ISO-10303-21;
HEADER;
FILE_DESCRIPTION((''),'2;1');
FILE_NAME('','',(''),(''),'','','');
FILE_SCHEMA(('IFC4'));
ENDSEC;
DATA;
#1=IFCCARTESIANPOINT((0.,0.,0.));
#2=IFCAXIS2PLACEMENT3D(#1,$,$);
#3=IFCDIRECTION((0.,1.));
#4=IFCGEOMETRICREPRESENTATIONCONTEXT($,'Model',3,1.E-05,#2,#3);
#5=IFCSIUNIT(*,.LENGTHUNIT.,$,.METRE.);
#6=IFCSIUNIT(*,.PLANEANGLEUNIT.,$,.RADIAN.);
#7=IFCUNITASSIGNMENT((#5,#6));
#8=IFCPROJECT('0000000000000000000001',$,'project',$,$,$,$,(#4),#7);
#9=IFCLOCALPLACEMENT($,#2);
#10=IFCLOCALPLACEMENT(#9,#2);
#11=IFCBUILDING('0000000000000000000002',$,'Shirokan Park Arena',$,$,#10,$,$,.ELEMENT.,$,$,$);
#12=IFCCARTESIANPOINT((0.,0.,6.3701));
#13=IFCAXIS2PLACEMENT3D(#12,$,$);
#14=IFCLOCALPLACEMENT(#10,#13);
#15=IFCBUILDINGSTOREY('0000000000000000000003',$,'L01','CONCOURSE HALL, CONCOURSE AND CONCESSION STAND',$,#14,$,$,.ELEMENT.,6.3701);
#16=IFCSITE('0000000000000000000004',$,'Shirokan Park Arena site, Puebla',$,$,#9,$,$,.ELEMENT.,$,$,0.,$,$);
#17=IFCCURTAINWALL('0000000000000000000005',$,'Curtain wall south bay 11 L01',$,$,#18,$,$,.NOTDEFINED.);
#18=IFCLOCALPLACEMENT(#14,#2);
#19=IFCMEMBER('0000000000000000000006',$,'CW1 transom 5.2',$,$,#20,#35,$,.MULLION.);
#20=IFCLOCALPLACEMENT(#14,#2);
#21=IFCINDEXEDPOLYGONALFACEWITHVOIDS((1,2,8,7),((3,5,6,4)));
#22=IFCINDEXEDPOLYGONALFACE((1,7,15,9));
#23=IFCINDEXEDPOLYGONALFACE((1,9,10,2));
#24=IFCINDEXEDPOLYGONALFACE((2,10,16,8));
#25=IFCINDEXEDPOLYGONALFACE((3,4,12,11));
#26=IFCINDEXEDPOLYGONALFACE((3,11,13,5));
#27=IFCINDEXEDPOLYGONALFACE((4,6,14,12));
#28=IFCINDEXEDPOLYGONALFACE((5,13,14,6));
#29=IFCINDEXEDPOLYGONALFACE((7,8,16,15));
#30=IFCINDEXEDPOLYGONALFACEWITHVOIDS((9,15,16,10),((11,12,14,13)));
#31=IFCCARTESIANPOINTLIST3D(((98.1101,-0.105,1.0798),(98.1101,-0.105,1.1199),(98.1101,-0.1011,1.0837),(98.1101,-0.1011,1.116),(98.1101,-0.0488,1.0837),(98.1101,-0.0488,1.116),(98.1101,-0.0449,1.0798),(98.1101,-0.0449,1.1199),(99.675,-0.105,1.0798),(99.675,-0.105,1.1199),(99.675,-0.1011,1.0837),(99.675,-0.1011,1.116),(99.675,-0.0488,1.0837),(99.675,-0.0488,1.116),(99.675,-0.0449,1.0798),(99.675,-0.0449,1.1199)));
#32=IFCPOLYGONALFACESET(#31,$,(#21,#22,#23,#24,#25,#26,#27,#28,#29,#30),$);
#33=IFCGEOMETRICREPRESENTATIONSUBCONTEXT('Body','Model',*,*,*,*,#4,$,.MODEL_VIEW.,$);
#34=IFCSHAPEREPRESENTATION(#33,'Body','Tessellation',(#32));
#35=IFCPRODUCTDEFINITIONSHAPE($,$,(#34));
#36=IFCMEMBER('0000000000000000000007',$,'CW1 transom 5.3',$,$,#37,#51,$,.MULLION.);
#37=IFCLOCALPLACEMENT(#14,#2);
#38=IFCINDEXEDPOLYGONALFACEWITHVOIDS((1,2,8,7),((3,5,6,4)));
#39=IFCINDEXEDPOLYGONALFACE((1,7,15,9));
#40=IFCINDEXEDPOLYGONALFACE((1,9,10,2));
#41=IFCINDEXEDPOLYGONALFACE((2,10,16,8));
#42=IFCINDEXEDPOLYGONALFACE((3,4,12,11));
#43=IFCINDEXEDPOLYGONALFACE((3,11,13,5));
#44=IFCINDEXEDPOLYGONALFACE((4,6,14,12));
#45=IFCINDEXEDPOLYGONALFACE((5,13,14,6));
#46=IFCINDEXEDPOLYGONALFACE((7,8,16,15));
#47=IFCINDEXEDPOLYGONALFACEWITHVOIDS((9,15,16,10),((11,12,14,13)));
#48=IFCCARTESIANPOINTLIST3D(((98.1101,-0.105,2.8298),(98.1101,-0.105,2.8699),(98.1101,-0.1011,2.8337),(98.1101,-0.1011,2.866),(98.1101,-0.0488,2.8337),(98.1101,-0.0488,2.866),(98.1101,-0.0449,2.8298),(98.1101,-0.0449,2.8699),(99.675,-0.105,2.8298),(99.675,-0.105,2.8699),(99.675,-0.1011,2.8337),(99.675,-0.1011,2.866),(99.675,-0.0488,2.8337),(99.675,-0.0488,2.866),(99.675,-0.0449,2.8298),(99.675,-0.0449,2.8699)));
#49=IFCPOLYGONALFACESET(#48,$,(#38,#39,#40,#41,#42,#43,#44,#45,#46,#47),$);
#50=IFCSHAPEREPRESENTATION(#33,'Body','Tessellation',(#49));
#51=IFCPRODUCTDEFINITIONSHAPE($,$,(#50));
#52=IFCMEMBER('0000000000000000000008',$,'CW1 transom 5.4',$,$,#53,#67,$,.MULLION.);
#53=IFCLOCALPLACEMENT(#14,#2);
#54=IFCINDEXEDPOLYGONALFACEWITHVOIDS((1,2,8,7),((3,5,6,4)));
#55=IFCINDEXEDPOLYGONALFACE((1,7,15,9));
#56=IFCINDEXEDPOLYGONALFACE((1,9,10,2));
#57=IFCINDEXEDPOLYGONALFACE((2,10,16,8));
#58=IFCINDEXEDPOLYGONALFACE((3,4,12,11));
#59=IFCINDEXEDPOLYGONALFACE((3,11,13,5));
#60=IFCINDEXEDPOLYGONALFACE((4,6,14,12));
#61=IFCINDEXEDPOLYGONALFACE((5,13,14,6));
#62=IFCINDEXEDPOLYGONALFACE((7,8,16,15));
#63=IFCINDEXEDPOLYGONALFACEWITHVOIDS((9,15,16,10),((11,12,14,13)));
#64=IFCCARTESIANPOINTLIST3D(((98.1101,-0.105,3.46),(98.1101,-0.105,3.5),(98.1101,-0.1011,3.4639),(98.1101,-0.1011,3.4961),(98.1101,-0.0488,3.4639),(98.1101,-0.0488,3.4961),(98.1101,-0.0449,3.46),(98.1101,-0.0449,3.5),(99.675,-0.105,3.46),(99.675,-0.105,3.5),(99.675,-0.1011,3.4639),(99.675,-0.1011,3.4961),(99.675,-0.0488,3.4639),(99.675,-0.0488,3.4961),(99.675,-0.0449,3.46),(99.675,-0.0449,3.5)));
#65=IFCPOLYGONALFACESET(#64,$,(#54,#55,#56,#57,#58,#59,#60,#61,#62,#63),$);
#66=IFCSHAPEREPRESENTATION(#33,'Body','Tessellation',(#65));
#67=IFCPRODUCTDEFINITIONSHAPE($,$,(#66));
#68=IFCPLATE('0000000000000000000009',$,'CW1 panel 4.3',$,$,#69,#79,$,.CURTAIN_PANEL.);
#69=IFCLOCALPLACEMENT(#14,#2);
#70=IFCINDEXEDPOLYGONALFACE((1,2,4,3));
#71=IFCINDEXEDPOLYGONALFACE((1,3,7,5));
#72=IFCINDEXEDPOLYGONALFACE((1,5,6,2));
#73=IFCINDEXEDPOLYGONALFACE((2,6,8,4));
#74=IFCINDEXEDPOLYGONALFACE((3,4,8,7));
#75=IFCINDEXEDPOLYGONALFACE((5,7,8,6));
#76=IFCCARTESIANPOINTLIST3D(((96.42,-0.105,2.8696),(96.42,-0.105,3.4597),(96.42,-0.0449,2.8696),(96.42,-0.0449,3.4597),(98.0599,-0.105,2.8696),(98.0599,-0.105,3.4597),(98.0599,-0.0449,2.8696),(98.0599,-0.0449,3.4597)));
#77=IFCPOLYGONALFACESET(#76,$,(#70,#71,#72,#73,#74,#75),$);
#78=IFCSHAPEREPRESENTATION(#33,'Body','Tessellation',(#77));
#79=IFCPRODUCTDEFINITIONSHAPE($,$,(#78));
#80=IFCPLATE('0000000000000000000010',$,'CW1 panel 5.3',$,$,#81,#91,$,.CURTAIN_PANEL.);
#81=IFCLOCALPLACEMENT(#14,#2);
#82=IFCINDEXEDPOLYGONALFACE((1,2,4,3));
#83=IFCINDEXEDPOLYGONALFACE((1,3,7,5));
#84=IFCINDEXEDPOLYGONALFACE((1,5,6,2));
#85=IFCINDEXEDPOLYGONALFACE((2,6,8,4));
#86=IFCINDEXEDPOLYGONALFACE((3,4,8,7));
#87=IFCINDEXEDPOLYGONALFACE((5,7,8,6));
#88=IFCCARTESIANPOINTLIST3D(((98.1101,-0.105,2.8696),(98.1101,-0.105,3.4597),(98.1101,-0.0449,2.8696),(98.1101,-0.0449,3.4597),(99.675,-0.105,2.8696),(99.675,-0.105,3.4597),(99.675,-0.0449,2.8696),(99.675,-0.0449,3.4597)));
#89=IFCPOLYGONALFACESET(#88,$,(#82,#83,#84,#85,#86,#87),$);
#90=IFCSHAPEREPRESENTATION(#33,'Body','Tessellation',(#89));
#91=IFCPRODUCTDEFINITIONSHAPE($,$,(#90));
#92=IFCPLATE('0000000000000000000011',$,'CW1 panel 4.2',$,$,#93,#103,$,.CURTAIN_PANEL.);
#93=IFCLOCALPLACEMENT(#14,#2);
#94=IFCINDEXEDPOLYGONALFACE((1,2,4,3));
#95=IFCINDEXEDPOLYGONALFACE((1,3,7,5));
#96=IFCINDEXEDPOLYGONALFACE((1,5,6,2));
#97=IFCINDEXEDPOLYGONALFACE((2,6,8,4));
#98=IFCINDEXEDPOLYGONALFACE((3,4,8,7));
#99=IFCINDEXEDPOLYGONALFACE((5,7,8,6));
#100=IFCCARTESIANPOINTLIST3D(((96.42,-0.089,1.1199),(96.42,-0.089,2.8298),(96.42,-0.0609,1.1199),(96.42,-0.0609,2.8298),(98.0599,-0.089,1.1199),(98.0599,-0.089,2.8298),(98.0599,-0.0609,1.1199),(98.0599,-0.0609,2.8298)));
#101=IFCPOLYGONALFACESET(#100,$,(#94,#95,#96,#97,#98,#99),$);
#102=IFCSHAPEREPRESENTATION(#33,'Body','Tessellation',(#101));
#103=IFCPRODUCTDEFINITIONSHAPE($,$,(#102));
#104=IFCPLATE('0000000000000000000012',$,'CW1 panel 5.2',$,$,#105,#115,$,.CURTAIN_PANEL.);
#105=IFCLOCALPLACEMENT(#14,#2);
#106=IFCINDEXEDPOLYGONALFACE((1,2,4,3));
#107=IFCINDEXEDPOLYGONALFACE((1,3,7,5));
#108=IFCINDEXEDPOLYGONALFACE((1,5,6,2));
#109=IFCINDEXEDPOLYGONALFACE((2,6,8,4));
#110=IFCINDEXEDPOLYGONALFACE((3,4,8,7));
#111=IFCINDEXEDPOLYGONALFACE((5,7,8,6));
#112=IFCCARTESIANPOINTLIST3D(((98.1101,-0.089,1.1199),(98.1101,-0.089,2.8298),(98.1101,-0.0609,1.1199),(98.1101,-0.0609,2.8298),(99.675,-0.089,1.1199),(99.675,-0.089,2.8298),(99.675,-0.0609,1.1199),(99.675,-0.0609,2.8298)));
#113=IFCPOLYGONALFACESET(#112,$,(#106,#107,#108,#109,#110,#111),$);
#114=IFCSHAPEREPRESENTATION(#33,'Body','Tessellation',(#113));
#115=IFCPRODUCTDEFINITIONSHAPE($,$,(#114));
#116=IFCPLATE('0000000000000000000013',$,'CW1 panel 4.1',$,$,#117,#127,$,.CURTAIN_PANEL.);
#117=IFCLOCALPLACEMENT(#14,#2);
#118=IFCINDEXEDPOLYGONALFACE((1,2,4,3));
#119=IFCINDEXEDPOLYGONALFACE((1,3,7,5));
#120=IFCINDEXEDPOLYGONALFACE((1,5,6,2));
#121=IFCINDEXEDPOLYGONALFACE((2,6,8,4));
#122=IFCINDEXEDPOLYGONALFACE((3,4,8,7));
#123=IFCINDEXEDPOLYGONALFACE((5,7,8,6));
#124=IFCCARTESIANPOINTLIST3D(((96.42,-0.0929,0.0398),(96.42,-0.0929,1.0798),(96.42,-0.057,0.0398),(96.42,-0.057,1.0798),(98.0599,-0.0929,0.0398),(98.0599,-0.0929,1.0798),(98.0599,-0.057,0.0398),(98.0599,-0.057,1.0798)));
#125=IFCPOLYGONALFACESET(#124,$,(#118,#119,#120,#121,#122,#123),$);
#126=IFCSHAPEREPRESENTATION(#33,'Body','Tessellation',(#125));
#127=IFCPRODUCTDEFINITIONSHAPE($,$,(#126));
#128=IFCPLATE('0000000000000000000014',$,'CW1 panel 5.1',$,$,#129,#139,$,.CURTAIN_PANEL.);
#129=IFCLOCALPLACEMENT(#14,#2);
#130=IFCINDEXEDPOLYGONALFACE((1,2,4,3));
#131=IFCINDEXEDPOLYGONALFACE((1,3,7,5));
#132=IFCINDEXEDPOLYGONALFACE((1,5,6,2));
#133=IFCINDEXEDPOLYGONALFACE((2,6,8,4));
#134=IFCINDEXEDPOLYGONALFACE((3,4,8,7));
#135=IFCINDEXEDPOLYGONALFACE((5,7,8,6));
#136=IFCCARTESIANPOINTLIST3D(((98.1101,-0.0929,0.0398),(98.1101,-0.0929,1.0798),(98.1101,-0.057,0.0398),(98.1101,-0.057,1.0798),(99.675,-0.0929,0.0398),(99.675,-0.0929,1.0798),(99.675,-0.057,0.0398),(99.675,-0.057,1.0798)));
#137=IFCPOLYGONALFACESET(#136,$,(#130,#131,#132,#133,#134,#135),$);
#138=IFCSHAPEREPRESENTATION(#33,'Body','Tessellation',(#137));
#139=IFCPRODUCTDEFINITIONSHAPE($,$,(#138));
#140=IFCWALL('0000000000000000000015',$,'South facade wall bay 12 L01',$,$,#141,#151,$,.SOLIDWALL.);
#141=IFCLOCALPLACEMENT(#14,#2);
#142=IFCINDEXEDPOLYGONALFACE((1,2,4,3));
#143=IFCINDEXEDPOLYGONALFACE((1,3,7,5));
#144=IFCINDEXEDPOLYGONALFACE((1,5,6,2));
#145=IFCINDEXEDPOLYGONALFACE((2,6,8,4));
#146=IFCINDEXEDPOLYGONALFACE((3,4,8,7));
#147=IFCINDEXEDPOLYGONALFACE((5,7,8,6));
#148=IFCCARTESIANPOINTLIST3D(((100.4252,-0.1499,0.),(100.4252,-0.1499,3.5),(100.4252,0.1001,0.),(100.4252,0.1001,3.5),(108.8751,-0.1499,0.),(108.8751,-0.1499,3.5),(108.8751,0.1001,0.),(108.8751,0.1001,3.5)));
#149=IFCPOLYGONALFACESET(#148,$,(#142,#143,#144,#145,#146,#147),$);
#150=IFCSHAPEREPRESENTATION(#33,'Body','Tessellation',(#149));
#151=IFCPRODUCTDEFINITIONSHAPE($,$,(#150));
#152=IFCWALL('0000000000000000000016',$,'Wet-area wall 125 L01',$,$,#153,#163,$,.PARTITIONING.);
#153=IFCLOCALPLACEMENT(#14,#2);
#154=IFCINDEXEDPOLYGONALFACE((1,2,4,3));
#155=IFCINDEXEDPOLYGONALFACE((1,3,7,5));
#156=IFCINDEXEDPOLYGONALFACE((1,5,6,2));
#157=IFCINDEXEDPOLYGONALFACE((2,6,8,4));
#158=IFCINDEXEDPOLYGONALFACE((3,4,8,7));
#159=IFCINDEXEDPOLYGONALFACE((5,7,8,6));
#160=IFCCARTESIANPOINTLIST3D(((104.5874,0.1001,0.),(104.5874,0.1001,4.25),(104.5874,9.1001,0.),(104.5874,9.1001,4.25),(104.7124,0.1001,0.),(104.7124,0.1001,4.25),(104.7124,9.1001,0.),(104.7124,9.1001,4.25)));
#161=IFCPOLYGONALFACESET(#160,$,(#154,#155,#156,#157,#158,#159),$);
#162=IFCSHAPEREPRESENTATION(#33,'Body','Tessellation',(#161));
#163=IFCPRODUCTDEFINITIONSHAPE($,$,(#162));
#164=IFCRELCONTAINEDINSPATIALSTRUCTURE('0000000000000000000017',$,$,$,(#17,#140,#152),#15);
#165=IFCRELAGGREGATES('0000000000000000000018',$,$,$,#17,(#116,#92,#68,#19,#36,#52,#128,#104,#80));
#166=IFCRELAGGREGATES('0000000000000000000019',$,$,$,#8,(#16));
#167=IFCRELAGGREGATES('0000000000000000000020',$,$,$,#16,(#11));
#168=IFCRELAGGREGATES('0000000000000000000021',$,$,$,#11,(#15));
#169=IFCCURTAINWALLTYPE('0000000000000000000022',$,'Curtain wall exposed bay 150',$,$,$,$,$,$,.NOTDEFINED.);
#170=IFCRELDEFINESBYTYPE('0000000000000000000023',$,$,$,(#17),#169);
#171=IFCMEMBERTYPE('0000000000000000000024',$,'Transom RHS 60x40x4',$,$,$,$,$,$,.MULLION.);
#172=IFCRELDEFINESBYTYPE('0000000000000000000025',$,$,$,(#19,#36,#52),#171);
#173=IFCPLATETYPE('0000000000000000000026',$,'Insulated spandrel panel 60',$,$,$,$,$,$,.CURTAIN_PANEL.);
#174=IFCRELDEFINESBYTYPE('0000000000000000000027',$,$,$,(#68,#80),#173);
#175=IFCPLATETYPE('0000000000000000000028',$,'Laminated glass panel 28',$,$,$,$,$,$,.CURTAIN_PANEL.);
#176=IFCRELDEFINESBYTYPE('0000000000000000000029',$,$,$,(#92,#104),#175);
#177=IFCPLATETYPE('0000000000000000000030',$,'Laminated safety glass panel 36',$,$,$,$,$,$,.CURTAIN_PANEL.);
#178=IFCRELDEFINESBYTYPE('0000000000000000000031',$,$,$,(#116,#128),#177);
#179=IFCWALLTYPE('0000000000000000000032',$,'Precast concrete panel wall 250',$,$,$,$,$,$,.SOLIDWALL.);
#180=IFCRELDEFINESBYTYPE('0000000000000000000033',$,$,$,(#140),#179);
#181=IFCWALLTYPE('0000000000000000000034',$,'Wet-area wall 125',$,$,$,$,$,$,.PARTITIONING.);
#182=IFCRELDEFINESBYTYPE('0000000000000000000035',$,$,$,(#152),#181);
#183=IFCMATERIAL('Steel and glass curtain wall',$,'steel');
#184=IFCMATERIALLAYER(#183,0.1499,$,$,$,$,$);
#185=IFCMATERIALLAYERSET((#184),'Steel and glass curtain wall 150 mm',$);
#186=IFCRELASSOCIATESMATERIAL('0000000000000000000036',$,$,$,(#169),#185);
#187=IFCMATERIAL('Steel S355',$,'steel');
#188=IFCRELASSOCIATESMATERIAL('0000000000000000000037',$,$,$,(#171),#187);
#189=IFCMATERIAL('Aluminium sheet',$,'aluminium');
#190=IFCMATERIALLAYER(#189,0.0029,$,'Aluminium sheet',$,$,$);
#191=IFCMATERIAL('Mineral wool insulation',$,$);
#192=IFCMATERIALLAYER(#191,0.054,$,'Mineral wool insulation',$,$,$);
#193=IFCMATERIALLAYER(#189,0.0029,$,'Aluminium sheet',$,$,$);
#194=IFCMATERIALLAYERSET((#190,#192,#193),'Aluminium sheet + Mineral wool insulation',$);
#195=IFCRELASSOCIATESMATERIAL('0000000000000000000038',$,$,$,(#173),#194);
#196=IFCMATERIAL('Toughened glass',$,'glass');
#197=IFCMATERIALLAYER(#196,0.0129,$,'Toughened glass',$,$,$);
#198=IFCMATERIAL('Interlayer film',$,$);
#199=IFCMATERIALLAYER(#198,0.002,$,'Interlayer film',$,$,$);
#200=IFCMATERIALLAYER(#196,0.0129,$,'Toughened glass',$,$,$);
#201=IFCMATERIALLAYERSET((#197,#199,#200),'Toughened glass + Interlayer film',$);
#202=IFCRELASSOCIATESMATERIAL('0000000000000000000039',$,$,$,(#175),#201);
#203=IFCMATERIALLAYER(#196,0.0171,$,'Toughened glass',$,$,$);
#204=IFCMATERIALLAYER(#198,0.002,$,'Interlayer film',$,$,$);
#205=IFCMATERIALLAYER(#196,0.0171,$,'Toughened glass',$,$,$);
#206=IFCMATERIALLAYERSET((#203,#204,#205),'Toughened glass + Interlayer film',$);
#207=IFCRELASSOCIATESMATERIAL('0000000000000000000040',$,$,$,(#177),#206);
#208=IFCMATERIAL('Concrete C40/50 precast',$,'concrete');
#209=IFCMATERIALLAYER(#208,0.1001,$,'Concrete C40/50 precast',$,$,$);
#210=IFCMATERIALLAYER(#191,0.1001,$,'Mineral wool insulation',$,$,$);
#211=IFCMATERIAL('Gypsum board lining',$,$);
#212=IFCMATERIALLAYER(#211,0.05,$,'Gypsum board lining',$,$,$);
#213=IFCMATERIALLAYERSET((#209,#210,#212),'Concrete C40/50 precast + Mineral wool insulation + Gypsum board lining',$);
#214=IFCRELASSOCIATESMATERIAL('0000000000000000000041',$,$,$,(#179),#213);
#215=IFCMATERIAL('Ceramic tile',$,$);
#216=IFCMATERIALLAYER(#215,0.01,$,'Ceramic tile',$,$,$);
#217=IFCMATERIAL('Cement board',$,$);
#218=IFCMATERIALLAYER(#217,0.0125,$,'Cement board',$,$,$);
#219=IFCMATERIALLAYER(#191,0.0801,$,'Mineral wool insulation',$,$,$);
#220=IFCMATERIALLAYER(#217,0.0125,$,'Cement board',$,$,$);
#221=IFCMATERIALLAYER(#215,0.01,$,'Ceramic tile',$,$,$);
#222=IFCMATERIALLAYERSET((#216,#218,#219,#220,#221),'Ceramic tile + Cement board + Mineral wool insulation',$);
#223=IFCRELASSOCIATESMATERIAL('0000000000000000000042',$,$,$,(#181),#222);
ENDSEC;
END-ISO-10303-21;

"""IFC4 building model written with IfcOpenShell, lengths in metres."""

from ifc_helpers import new_model, si_unit, direction, frame, frame_2d, origin, origin_2d, place, context, subcontext, project, spatial, rectangle, hollow_rectangle, extrude, material, layer, layer_set, material_profile, profile_set, type_object, element, aggregate, save


model = new_model("IFC4")

# Units and contexts
model_context = context("Model", 3, precision=1e-05, world=origin(), true_north=direction((0.0, 1.0)))
body_context = subcontext(model_context, "Body", "Model", "MODEL_VIEW")
ifc_project = project(units=[si_unit("LENGTHUNIT", "METRE"), si_unit("PLANEANGLEUNIT", "RADIAN")], contexts=[model_context])

# Site, building, storey
site_placement = place(None, origin())
site = spatial("IfcSite", under=ifc_project, at=site_placement, Name="Shirokan Park Arena site, Puebla", CompositionType="ELEMENT", RefElevation=0.0)
building_placement = place(site_placement, origin())
building = spatial("IfcBuilding", under=site, at=building_placement, Name="Shirokan Park Arena", CompositionType="ELEMENT")
storey_placement = place(building_placement, frame((0.0, 0.0, 6.3701)))
storey = spatial("IfcBuildingStorey", under=building, at=storey_placement, Name="L01", Description="CONCOURSE HALL, CONCOURSE AND CONCESSION STAND", CompositionType="ELEMENT", Elevation=6.3701)

# Curtain wall
ifc_material_1 = material(Name="Steel and glass curtain wall", Category="steel")
ifc_layer_1 = layer(ifc_material_1, 0.1499)
ifc_layer_set_1 = layer_set([ifc_layer_1], Name="Steel and glass curtain wall 150 mm")
curtain_wall_type = type_object("IfcCurtainWallType", Name="Curtain wall exposed bay 150", PredefinedType="NOTDEFINED", material=ifc_layer_set_1)
curtain_wall_placement = place(storey_placement, origin())
curtain_wall = element("IfcCurtainWall", 1, at=curtain_wall_placement, inside=storey, type_object=curtain_wall_type, Name="Curtain wall south bay 11 L01", PredefinedType="NOTDEFINED")
ifc_material_2 = material(Name="Steel S355", Category="steel")

# Members
ifc_material_profile_1 = material_profile(ifc_material_2, hollow_rectangle(XDim=0.0601, YDim=0.04, WallThickness=0.0039, at=origin_2d()), Name="RHS 60x40x4")
ifc_profile_set_1 = profile_set([ifc_material_profile_1], Name="Steel S355")
member_type_1 = type_object("IfcMemberType", Name="Transom RHS 60x40x4", PredefinedType="MULLION", material=ifc_profile_set_1)
member_1_placement = place(storey_placement, frame((98.1101, -0.075, 1.0999), z_axis=(1.0, 0.0, 0.0), x_axis=(0.0, 1.0, 0.0)))
member_1 = element("IfcMember", 2, at=member_1_placement, type_object=member_type_1, Name="CW1 transom 5.2", PredefinedType="MULLION", context=body_context, shape_type="SweptSolid", body=[
    extrude(hollow_rectangle(XDim=0.0601, YDim=0.04, WallThickness=0.0039, at=origin_2d()), origin(), (0.0, 0.0, 1.0), 1.5649),
])
member_2_placement = place(storey_placement, frame((98.1101, -0.075, 2.8499), z_axis=(1.0, 0.0, 0.0), x_axis=(0.0, 1.0, 0.0)))
member_2 = element("IfcMember", 3, at=member_2_placement, type_object=member_type_1, Name="CW1 transom 5.3", PredefinedType="MULLION", context=body_context, shape_type="SweptSolid", body=[
    extrude(hollow_rectangle(XDim=0.0601, YDim=0.04, WallThickness=0.0039, at=origin_2d()), origin(), (0.0, 0.0, 1.0), 1.5649),
])
member_3_placement = place(storey_placement, frame((98.1101, -0.075, 3.48), z_axis=(1.0, 0.0, 0.0), x_axis=(0.0, 1.0, 0.0)))
member_3 = element("IfcMember", 4, at=member_3_placement, type_object=member_type_1, Name="CW1 transom 5.4", PredefinedType="MULLION", context=body_context, shape_type="SweptSolid", body=[
    extrude(hollow_rectangle(XDim=0.0601, YDim=0.04, WallThickness=0.0039, at=origin_2d()), origin(), (0.0, 0.0, 1.0), 1.5649),
])

# Plates
ifc_material_3 = material(Name="Aluminium sheet", Category="aluminium")
ifc_layer_2 = layer(ifc_material_3, 0.0029, Name="Aluminium sheet")
ifc_material_4 = material(Name="Mineral wool insulation")
ifc_layer_3 = layer(ifc_material_4, 0.054, Name="Mineral wool insulation")
ifc_layer_4 = layer(ifc_material_3, 0.0029, Name="Aluminium sheet")
ifc_layer_set_2 = layer_set([ifc_layer_2, ifc_layer_3, ifc_layer_4], Name="Aluminium sheet + Mineral wool insulation")
plate_type_1 = type_object("IfcPlateType", Name="Insulated spandrel panel 60", PredefinedType="CURTAIN_PANEL", material=ifc_layer_set_2)
plate_1_placement = place(storey_placement, frame((97.24, -0.075, 2.8696), z_axis=(0.0, 0.0, 1.0), x_axis=(1.0, 0.0, 0.0)))
plate_1 = element("IfcPlate", 5, at=plate_1_placement, type_object=plate_type_1, Name="CW1 panel 4.3", PredefinedType="CURTAIN_PANEL", context=body_context, shape_type="SweptSolid", body=[
    extrude(rectangle(XDim=1.6399, YDim=0.0601, at=origin_2d()), origin(), (0.0, 0.0, 1.0), 0.5901),
])
plate_2_placement = place(storey_placement, frame((98.8926, -0.075, 2.8696), z_axis=(0.0, 0.0, 1.0), x_axis=(1.0, 0.0, 0.0)))
plate_2 = element("IfcPlate", 6, at=plate_2_placement, type_object=plate_type_1, Name="CW1 panel 5.3", PredefinedType="CURTAIN_PANEL", context=body_context, shape_type="SweptSolid", body=[
    extrude(rectangle(XDim=1.5649, YDim=0.0601, at=origin_2d()), origin(), (0.0, 0.0, 1.0), 0.5901),
])
ifc_material_5 = material(Name="Toughened glass", Category="glass")
ifc_layer_5 = layer(ifc_material_5, 0.0129, Name="Toughened glass")
ifc_material_6 = material(Name="Interlayer film")
ifc_layer_6 = layer(ifc_material_6, 0.002, Name="Interlayer film")
ifc_layer_7 = layer(ifc_material_5, 0.0129, Name="Toughened glass")
ifc_layer_set_3 = layer_set([ifc_layer_5, ifc_layer_6, ifc_layer_7], Name="Toughened glass + Interlayer film")
plate_type_2 = type_object("IfcPlateType", Name="Laminated glass panel 28", PredefinedType="CURTAIN_PANEL", material=ifc_layer_set_3)
plate_3_placement = place(storey_placement, frame((97.24, -0.075, 1.1199), z_axis=(0.0, 0.0, 1.0), x_axis=(1.0, 0.0, 0.0)))
plate_3 = element("IfcPlate", 7, at=plate_3_placement, type_object=plate_type_2, Name="CW1 panel 4.2", PredefinedType="CURTAIN_PANEL", context=body_context, shape_type="SweptSolid", body=[
    extrude(rectangle(XDim=1.6399, YDim=0.0281, at=origin_2d()), origin(), (0.0, 0.0, 1.0), 1.71),
])
plate_4_placement = place(storey_placement, frame((98.8926, -0.075, 1.1199), z_axis=(0.0, 0.0, 1.0), x_axis=(1.0, 0.0, 0.0)))
plate_4 = element("IfcPlate", 8, at=plate_4_placement, type_object=plate_type_2, Name="CW1 panel 5.2", PredefinedType="CURTAIN_PANEL", context=body_context, shape_type="SweptSolid", body=[
    extrude(rectangle(XDim=1.5649, YDim=0.0281, at=origin_2d()), origin(), (0.0, 0.0, 1.0), 1.71),
])
ifc_layer_8 = layer(ifc_material_5, 0.0171, Name="Toughened glass")
ifc_layer_9 = layer(ifc_material_6, 0.002, Name="Interlayer film")
ifc_layer_10 = layer(ifc_material_5, 0.0171, Name="Toughened glass")
ifc_layer_set_4 = layer_set([ifc_layer_8, ifc_layer_9, ifc_layer_10], Name="Toughened glass + Interlayer film")
plate_type_3 = type_object("IfcPlateType", Name="Laminated safety glass panel 36", PredefinedType="CURTAIN_PANEL", material=ifc_layer_set_4)
plate_5_placement = place(storey_placement, frame((97.24, -0.075, 0.0398), z_axis=(0.0, 0.0, 1.0), x_axis=(1.0, 0.0, 0.0)))
plate_5 = element("IfcPlate", 9, at=plate_5_placement, type_object=plate_type_3, Name="CW1 panel 4.1", PredefinedType="CURTAIN_PANEL", context=body_context, shape_type="SweptSolid", body=[
    extrude(rectangle(XDim=1.6399, YDim=0.0359, at=origin_2d()), origin(), (0.0, 0.0, 1.0), 1.04),
])
plate_6_placement = place(storey_placement, frame((98.8926, -0.075, 0.0398), z_axis=(0.0, 0.0, 1.0), x_axis=(1.0, 0.0, 0.0)))
plate_6 = element("IfcPlate", 10, at=plate_6_placement, type_object=plate_type_3, Name="CW1 panel 5.1", PredefinedType="CURTAIN_PANEL", context=body_context, shape_type="SweptSolid", body=[
    extrude(rectangle(XDim=1.5649, YDim=0.0359, at=origin_2d()), origin(), (0.0, 0.0, 1.0), 1.04),
])
aggregate(curtain_wall, [plate_5, plate_3, plate_1, member_1, member_2, member_3, plate_6, plate_4, plate_2])

# Walls
ifc_material_7 = material(Name="Concrete C40/50 precast", Category="concrete")
ifc_layer_11 = layer(ifc_material_7, 0.1001, Name="Concrete C40/50 precast")
ifc_layer_12 = layer(ifc_material_4, 0.1001, Name="Mineral wool insulation")
ifc_material_8 = material(Name="Gypsum board lining")
ifc_layer_13 = layer(ifc_material_8, 0.05, Name="Gypsum board lining")
ifc_layer_set_5 = layer_set([ifc_layer_11, ifc_layer_12, ifc_layer_13], Name="Concrete C40/50 precast + Mineral wool insulation + Gypsum board lining")
wall_type_1 = type_object("IfcWallType", Name="Precast concrete panel wall 250", PredefinedType="SOLIDWALL", material=ifc_layer_set_5)
wall_1_placement = place(storey_placement, frame((100.425, -0.0249, 0.0), z_axis=(0.0, 0.0, 1.0), x_axis=(1.0, 0.0, 0.0)))
element("IfcWall", 11, at=wall_1_placement, inside=storey, type_object=wall_type_1, Name="South facade wall bay 12 L01", PredefinedType="SOLIDWALL", context=body_context, shape_type="SweptSolid", body=[
    extrude(rectangle(XDim=8.45, YDim=0.25, at=frame_2d((4.2251, 0.0))), origin(), (0.0, 0.0, 1.0), 3.5),
])
ifc_material_9 = material(Name="Ceramic tile")
ifc_layer_14 = layer(ifc_material_9, 0.01, Name="Ceramic tile")
ifc_material_10 = material(Name="Cement board")
ifc_layer_15 = layer(ifc_material_10, 0.0125, Name="Cement board")
ifc_layer_16 = layer(ifc_material_4, 0.0801, Name="Mineral wool insulation")
ifc_layer_17 = layer(ifc_material_10, 0.0125, Name="Cement board")
ifc_layer_18 = layer(ifc_material_9, 0.01, Name="Ceramic tile")
ifc_layer_set_6 = layer_set([ifc_layer_14, ifc_layer_15, ifc_layer_16, ifc_layer_17, ifc_layer_18], Name="Ceramic tile + Cement board + Mineral wool insulation")
wall_type_2 = type_object("IfcWallType", Name="Wet-area wall 125", PredefinedType="PARTITIONING", material=ifc_layer_set_6)
wall_2_placement = place(storey_placement, frame((104.6499, 0.1001, 0.0), z_axis=(0.0, 0.0, 1.0), x_axis=(0.0, 1.0, 0.0)))
element("IfcWall", 12, at=wall_2_placement, inside=storey, type_object=wall_type_2, Name="Wet-area wall 125 L01", PredefinedType="PARTITIONING", context=body_context, shape_type="SweptSolid", body=[
    extrude(rectangle(XDim=9.0, YDim=0.125, at=frame_2d((4.5, 0.0))), origin(), (0.0, 0.0, 1.0), 4.25),
])

save(model, "model.ifc")
